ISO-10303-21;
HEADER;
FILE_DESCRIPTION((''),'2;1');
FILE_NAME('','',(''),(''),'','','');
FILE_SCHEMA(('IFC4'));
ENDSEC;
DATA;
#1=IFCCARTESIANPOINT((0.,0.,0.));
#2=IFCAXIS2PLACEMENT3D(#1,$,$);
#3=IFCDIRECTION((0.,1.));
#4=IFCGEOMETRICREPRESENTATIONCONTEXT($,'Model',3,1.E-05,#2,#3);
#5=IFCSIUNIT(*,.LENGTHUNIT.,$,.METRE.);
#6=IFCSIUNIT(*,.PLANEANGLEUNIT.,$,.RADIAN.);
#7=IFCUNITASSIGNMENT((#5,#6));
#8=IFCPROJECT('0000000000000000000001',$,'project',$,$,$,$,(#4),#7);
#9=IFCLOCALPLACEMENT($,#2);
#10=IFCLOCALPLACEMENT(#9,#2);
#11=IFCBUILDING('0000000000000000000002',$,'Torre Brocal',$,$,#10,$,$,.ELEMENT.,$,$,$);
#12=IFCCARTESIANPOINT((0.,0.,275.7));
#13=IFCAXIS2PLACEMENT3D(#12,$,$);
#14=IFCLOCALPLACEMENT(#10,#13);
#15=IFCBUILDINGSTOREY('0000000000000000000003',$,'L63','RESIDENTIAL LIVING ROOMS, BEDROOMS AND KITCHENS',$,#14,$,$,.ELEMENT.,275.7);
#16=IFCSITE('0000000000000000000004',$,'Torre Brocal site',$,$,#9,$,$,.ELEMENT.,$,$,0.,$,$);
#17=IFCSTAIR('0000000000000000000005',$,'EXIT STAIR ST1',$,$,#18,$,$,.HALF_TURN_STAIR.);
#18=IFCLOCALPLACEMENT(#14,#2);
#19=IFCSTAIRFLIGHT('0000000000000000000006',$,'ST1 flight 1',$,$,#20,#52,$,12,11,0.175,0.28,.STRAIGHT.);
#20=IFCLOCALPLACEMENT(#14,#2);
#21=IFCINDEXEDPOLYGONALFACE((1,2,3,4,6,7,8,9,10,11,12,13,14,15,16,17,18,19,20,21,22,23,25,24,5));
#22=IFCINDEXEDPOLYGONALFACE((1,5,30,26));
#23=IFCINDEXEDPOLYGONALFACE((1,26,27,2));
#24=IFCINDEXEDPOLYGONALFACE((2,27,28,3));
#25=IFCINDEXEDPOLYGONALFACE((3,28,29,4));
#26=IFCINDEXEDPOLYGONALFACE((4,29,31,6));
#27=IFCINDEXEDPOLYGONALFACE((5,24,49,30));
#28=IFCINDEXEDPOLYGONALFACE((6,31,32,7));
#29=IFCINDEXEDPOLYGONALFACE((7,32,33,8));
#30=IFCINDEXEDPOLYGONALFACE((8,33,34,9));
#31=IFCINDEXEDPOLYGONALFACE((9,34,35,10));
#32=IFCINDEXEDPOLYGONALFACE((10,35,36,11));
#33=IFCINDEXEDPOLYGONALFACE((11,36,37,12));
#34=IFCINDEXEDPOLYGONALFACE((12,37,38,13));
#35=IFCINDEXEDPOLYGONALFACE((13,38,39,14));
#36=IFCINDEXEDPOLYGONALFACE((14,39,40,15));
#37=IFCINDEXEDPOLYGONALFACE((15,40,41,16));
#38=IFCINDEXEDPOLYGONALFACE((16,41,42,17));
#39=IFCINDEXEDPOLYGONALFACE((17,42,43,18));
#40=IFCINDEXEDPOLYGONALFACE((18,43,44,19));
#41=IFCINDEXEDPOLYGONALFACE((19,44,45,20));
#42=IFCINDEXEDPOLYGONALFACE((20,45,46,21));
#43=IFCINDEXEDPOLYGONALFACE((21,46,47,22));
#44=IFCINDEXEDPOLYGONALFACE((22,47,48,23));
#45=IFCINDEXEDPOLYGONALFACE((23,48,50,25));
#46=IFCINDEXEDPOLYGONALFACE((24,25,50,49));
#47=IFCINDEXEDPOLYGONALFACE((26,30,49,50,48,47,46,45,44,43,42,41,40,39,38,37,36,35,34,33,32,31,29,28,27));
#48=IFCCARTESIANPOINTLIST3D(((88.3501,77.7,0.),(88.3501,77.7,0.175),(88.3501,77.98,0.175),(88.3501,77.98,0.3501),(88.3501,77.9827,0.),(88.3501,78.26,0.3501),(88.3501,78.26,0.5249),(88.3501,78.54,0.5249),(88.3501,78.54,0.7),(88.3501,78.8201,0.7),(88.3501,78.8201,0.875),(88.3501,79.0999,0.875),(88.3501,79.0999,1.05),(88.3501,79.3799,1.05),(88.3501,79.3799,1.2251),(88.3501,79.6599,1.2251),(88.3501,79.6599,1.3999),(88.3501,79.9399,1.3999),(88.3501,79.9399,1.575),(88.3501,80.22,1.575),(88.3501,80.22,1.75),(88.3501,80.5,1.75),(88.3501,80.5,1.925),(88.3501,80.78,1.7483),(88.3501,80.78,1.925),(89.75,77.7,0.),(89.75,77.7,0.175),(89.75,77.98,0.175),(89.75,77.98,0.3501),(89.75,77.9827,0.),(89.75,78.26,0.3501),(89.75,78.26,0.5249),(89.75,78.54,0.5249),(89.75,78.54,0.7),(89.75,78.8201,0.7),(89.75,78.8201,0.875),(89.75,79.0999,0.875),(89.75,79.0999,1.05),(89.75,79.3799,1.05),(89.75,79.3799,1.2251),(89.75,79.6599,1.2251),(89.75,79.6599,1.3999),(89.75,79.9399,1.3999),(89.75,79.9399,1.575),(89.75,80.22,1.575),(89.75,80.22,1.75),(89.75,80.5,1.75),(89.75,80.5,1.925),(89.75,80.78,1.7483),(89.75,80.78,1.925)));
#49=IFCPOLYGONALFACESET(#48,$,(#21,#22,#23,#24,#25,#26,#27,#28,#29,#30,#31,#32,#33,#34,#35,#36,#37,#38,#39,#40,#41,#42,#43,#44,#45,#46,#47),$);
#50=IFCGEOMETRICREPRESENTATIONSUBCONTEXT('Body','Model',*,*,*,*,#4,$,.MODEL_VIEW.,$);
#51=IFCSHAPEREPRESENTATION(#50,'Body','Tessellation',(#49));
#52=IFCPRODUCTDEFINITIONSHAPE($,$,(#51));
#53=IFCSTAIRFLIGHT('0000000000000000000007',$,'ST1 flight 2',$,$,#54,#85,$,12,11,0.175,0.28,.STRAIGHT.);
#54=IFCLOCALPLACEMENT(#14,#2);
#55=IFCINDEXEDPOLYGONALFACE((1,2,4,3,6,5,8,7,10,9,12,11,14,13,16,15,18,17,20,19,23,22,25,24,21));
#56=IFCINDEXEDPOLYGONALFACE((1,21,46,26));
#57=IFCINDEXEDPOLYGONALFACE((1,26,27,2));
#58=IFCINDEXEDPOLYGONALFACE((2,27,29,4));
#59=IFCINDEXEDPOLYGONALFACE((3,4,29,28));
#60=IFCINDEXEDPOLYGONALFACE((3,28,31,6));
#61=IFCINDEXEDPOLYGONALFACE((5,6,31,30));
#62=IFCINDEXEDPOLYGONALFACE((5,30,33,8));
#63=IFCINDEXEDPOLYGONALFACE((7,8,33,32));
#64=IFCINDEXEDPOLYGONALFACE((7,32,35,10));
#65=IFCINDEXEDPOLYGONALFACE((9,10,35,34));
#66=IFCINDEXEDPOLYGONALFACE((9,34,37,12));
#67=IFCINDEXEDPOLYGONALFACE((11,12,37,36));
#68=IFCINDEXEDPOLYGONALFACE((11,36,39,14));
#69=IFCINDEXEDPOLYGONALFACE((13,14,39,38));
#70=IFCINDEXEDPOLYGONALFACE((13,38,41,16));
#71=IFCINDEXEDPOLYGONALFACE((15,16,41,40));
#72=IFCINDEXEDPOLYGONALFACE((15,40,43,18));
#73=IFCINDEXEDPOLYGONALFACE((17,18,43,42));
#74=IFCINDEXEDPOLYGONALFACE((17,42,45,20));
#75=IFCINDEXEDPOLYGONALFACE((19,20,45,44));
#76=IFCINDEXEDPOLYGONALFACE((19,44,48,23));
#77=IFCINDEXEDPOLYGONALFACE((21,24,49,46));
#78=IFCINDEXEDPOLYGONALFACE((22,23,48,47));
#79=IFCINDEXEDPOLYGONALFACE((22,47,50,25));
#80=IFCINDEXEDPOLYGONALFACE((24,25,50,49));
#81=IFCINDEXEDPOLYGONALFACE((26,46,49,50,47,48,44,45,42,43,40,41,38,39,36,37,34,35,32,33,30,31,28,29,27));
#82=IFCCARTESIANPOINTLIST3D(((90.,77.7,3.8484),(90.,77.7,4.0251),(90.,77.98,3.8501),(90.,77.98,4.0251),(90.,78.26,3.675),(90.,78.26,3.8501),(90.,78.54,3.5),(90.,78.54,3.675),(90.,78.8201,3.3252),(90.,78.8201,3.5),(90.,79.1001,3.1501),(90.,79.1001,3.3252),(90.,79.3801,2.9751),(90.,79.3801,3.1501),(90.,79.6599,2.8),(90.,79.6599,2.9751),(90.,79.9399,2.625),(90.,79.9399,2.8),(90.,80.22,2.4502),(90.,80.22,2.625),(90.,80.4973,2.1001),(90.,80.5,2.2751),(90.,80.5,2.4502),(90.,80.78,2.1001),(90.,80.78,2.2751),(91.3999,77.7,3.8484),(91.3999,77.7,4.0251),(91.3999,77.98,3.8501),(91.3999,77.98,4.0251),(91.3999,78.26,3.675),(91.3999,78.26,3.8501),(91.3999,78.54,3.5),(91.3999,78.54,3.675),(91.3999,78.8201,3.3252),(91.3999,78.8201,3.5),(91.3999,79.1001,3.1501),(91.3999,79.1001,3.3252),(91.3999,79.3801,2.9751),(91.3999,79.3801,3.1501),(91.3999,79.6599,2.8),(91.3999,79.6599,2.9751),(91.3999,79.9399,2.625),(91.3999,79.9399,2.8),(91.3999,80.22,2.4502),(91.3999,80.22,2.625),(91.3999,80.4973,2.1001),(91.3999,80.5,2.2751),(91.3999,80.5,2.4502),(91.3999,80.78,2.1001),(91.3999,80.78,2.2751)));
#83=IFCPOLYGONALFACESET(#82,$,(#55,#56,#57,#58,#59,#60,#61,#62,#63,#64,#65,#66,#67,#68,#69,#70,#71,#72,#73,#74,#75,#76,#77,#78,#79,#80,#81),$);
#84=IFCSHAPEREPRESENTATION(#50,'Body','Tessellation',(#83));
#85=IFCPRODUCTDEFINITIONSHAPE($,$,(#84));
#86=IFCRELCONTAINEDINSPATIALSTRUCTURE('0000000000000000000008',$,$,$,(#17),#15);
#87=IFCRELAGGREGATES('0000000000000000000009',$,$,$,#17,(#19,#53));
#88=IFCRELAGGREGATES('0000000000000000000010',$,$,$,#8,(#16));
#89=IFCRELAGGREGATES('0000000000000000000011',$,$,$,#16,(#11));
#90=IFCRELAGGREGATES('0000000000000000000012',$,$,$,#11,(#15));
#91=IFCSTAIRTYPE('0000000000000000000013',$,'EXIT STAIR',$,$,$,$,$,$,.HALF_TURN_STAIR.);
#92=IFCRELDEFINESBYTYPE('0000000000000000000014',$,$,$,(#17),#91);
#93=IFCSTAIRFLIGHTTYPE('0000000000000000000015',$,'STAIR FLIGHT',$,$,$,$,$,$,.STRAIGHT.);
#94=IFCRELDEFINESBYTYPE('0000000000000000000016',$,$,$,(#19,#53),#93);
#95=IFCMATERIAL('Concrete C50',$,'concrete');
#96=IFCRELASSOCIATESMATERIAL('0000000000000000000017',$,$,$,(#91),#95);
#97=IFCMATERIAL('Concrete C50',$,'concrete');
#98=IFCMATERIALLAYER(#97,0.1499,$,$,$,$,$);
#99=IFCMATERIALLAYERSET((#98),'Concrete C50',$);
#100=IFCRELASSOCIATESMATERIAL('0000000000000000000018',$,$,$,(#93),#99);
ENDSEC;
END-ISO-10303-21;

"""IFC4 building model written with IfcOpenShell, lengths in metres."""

from ifc_helpers import new_model, si_unit, direction, frame, origin, place, context, subcontext, project, spatial, polyline, outline, extrude, material, layer, layer_set, type_object, element, aggregate, save


model = new_model("IFC4")

# Units and contexts
model_context = context("Model", 3, precision=1e-05, world=origin(), true_north=direction((0.0, 1.0)))
body_context = subcontext(model_context, "Body", "Model", "MODEL_VIEW")
ifc_project = project(units=[si_unit("LENGTHUNIT", "METRE"), si_unit("PLANEANGLEUNIT", "RADIAN")], contexts=[model_context])

# Site, building, storey
site_placement = place(None, origin())
site = spatial("IfcSite", under=ifc_project, at=site_placement, Name="Torre Brocal site", CompositionType="ELEMENT", RefElevation=0.0)
building_placement = place(site_placement, origin())
building = spatial("IfcBuilding", under=site, at=building_placement, Name="Torre Brocal", CompositionType="ELEMENT")
storey_placement = place(building_placement, frame((0.0, 0.0, 275.7)))
storey = spatial("IfcBuildingStorey", under=building, at=storey_placement, Name="L63", Description="RESIDENTIAL LIVING ROOMS, BEDROOMS AND KITCHENS", CompositionType="ELEMENT", Elevation=275.7)

# Stair, stair flights
ifc_material_1 = material(Name="Concrete C50", Category="concrete")
stair_type = type_object("IfcStairType", Name="EXIT STAIR", PredefinedType="HALF_TURN_STAIR", material=ifc_material_1)
stair_placement = place(storey_placement, origin())
stair = element("IfcStair", 1, at=stair_placement, inside=storey, type_object=stair_type, Name="EXIT STAIR ST1", PredefinedType="HALF_TURN_STAIR")
ifc_material_2 = material(Name="Concrete C50", Category="concrete")
ifc_layer_1 = layer(ifc_material_2, 0.1499)
ifc_layer_set_1 = layer_set([ifc_layer_1], Name="Concrete C50")
stair_flight_type = type_object("IfcStairFlightType", Name="STAIR FLIGHT", PredefinedType="STRAIGHT", material=ifc_layer_set_1)
stair_flight_1_placement = place(storey_placement, frame((89.05, 77.7, 0.0), z_axis=(0.0, 0.0, 1.0), x_axis=(0.0, 1.0, 0.0)))
stair_flight_1 = element("IfcStairFlight", 2, at=stair_flight_1_placement, type_object=stair_flight_type, Name="ST1 flight 1", NumberOfRisers=12, NumberOfTreads=11, PredefinedType="STRAIGHT", RiserHeight=0.175, TreadLength=0.28, context=body_context, shape_type="SweptSolid", body=[
    extrude(outline(polyline([(0.0, 0.0), (0.0, 0.175), (0.28, 0.175), (0.28, 0.3501), (0.5601, 0.3501), (0.5601, 0.5249), (0.8401, 0.5249), (0.8401, 0.7), (1.1201, 0.7), (1.1201, 0.875), (1.3999, 0.875), (1.3999, 1.05), (1.6799, 1.05), (1.6799, 1.2251), (1.96, 1.2251), (1.96, 1.3999), (2.24, 1.3999), (2.24, 1.575), (2.52, 1.575), (2.52, 1.75), (2.8, 1.75), (2.8, 1.925), (3.0801, 1.925), (3.0801, 2.1001), (3.0801, 1.7483), (0.2827, 0.0), (0.0, 0.0)])), frame((0.0, 0.7, 0.0), z_axis=(0.0, -1.0, 0.0), x_axis=(1.0, 0.0, 0.0)), (0.0, 0.0, 1.0), 1.3999),
])
stair_flight_2_placement = place(storey_placement, frame((90.7, 80.78, 2.1001), z_axis=(0.0, 0.0, 1.0), x_axis=(0.0, -1.0, 0.0)))
stair_flight_2 = element("IfcStairFlight", 3, at=stair_flight_2_placement, type_object=stair_flight_type, Name="ST1 flight 2", NumberOfRisers=12, NumberOfTreads=11, PredefinedType="STRAIGHT", RiserHeight=0.175, TreadLength=0.28, context=body_context, shape_type="SweptSolid", body=[
    extrude(outline(polyline([(0.0, 0.0), (0.0, 0.175), (0.28, 0.175), (0.28, 0.3501), (0.5601, 0.3501), (0.5601, 0.5249), (0.8401, 0.5249), (0.8401, 0.7), (1.1201, 0.7), (1.1201, 0.875), (1.3999, 0.875), (1.3999, 1.05), (1.6799, 1.05), (1.6799, 1.2251), (1.96, 1.2251), (1.96, 1.3999), (2.24, 1.3999), (2.24, 1.575), (2.52, 1.575), (2.52, 1.75), (2.8, 1.75), (2.8, 1.925), (3.0801, 1.925), (3.0801, 2.1001), (3.0801, 1.7483), (0.2827, 0.0), (0.0, 0.0)])), frame((0.0, 0.7, 0.0), z_axis=(0.0, -1.0, 0.0), x_axis=(1.0, 0.0, 0.0)), (0.0, 0.0, 1.0), 1.3999),
])
aggregate(stair, [stair_flight_1, stair_flight_2])

save(model, "model.ifc")
